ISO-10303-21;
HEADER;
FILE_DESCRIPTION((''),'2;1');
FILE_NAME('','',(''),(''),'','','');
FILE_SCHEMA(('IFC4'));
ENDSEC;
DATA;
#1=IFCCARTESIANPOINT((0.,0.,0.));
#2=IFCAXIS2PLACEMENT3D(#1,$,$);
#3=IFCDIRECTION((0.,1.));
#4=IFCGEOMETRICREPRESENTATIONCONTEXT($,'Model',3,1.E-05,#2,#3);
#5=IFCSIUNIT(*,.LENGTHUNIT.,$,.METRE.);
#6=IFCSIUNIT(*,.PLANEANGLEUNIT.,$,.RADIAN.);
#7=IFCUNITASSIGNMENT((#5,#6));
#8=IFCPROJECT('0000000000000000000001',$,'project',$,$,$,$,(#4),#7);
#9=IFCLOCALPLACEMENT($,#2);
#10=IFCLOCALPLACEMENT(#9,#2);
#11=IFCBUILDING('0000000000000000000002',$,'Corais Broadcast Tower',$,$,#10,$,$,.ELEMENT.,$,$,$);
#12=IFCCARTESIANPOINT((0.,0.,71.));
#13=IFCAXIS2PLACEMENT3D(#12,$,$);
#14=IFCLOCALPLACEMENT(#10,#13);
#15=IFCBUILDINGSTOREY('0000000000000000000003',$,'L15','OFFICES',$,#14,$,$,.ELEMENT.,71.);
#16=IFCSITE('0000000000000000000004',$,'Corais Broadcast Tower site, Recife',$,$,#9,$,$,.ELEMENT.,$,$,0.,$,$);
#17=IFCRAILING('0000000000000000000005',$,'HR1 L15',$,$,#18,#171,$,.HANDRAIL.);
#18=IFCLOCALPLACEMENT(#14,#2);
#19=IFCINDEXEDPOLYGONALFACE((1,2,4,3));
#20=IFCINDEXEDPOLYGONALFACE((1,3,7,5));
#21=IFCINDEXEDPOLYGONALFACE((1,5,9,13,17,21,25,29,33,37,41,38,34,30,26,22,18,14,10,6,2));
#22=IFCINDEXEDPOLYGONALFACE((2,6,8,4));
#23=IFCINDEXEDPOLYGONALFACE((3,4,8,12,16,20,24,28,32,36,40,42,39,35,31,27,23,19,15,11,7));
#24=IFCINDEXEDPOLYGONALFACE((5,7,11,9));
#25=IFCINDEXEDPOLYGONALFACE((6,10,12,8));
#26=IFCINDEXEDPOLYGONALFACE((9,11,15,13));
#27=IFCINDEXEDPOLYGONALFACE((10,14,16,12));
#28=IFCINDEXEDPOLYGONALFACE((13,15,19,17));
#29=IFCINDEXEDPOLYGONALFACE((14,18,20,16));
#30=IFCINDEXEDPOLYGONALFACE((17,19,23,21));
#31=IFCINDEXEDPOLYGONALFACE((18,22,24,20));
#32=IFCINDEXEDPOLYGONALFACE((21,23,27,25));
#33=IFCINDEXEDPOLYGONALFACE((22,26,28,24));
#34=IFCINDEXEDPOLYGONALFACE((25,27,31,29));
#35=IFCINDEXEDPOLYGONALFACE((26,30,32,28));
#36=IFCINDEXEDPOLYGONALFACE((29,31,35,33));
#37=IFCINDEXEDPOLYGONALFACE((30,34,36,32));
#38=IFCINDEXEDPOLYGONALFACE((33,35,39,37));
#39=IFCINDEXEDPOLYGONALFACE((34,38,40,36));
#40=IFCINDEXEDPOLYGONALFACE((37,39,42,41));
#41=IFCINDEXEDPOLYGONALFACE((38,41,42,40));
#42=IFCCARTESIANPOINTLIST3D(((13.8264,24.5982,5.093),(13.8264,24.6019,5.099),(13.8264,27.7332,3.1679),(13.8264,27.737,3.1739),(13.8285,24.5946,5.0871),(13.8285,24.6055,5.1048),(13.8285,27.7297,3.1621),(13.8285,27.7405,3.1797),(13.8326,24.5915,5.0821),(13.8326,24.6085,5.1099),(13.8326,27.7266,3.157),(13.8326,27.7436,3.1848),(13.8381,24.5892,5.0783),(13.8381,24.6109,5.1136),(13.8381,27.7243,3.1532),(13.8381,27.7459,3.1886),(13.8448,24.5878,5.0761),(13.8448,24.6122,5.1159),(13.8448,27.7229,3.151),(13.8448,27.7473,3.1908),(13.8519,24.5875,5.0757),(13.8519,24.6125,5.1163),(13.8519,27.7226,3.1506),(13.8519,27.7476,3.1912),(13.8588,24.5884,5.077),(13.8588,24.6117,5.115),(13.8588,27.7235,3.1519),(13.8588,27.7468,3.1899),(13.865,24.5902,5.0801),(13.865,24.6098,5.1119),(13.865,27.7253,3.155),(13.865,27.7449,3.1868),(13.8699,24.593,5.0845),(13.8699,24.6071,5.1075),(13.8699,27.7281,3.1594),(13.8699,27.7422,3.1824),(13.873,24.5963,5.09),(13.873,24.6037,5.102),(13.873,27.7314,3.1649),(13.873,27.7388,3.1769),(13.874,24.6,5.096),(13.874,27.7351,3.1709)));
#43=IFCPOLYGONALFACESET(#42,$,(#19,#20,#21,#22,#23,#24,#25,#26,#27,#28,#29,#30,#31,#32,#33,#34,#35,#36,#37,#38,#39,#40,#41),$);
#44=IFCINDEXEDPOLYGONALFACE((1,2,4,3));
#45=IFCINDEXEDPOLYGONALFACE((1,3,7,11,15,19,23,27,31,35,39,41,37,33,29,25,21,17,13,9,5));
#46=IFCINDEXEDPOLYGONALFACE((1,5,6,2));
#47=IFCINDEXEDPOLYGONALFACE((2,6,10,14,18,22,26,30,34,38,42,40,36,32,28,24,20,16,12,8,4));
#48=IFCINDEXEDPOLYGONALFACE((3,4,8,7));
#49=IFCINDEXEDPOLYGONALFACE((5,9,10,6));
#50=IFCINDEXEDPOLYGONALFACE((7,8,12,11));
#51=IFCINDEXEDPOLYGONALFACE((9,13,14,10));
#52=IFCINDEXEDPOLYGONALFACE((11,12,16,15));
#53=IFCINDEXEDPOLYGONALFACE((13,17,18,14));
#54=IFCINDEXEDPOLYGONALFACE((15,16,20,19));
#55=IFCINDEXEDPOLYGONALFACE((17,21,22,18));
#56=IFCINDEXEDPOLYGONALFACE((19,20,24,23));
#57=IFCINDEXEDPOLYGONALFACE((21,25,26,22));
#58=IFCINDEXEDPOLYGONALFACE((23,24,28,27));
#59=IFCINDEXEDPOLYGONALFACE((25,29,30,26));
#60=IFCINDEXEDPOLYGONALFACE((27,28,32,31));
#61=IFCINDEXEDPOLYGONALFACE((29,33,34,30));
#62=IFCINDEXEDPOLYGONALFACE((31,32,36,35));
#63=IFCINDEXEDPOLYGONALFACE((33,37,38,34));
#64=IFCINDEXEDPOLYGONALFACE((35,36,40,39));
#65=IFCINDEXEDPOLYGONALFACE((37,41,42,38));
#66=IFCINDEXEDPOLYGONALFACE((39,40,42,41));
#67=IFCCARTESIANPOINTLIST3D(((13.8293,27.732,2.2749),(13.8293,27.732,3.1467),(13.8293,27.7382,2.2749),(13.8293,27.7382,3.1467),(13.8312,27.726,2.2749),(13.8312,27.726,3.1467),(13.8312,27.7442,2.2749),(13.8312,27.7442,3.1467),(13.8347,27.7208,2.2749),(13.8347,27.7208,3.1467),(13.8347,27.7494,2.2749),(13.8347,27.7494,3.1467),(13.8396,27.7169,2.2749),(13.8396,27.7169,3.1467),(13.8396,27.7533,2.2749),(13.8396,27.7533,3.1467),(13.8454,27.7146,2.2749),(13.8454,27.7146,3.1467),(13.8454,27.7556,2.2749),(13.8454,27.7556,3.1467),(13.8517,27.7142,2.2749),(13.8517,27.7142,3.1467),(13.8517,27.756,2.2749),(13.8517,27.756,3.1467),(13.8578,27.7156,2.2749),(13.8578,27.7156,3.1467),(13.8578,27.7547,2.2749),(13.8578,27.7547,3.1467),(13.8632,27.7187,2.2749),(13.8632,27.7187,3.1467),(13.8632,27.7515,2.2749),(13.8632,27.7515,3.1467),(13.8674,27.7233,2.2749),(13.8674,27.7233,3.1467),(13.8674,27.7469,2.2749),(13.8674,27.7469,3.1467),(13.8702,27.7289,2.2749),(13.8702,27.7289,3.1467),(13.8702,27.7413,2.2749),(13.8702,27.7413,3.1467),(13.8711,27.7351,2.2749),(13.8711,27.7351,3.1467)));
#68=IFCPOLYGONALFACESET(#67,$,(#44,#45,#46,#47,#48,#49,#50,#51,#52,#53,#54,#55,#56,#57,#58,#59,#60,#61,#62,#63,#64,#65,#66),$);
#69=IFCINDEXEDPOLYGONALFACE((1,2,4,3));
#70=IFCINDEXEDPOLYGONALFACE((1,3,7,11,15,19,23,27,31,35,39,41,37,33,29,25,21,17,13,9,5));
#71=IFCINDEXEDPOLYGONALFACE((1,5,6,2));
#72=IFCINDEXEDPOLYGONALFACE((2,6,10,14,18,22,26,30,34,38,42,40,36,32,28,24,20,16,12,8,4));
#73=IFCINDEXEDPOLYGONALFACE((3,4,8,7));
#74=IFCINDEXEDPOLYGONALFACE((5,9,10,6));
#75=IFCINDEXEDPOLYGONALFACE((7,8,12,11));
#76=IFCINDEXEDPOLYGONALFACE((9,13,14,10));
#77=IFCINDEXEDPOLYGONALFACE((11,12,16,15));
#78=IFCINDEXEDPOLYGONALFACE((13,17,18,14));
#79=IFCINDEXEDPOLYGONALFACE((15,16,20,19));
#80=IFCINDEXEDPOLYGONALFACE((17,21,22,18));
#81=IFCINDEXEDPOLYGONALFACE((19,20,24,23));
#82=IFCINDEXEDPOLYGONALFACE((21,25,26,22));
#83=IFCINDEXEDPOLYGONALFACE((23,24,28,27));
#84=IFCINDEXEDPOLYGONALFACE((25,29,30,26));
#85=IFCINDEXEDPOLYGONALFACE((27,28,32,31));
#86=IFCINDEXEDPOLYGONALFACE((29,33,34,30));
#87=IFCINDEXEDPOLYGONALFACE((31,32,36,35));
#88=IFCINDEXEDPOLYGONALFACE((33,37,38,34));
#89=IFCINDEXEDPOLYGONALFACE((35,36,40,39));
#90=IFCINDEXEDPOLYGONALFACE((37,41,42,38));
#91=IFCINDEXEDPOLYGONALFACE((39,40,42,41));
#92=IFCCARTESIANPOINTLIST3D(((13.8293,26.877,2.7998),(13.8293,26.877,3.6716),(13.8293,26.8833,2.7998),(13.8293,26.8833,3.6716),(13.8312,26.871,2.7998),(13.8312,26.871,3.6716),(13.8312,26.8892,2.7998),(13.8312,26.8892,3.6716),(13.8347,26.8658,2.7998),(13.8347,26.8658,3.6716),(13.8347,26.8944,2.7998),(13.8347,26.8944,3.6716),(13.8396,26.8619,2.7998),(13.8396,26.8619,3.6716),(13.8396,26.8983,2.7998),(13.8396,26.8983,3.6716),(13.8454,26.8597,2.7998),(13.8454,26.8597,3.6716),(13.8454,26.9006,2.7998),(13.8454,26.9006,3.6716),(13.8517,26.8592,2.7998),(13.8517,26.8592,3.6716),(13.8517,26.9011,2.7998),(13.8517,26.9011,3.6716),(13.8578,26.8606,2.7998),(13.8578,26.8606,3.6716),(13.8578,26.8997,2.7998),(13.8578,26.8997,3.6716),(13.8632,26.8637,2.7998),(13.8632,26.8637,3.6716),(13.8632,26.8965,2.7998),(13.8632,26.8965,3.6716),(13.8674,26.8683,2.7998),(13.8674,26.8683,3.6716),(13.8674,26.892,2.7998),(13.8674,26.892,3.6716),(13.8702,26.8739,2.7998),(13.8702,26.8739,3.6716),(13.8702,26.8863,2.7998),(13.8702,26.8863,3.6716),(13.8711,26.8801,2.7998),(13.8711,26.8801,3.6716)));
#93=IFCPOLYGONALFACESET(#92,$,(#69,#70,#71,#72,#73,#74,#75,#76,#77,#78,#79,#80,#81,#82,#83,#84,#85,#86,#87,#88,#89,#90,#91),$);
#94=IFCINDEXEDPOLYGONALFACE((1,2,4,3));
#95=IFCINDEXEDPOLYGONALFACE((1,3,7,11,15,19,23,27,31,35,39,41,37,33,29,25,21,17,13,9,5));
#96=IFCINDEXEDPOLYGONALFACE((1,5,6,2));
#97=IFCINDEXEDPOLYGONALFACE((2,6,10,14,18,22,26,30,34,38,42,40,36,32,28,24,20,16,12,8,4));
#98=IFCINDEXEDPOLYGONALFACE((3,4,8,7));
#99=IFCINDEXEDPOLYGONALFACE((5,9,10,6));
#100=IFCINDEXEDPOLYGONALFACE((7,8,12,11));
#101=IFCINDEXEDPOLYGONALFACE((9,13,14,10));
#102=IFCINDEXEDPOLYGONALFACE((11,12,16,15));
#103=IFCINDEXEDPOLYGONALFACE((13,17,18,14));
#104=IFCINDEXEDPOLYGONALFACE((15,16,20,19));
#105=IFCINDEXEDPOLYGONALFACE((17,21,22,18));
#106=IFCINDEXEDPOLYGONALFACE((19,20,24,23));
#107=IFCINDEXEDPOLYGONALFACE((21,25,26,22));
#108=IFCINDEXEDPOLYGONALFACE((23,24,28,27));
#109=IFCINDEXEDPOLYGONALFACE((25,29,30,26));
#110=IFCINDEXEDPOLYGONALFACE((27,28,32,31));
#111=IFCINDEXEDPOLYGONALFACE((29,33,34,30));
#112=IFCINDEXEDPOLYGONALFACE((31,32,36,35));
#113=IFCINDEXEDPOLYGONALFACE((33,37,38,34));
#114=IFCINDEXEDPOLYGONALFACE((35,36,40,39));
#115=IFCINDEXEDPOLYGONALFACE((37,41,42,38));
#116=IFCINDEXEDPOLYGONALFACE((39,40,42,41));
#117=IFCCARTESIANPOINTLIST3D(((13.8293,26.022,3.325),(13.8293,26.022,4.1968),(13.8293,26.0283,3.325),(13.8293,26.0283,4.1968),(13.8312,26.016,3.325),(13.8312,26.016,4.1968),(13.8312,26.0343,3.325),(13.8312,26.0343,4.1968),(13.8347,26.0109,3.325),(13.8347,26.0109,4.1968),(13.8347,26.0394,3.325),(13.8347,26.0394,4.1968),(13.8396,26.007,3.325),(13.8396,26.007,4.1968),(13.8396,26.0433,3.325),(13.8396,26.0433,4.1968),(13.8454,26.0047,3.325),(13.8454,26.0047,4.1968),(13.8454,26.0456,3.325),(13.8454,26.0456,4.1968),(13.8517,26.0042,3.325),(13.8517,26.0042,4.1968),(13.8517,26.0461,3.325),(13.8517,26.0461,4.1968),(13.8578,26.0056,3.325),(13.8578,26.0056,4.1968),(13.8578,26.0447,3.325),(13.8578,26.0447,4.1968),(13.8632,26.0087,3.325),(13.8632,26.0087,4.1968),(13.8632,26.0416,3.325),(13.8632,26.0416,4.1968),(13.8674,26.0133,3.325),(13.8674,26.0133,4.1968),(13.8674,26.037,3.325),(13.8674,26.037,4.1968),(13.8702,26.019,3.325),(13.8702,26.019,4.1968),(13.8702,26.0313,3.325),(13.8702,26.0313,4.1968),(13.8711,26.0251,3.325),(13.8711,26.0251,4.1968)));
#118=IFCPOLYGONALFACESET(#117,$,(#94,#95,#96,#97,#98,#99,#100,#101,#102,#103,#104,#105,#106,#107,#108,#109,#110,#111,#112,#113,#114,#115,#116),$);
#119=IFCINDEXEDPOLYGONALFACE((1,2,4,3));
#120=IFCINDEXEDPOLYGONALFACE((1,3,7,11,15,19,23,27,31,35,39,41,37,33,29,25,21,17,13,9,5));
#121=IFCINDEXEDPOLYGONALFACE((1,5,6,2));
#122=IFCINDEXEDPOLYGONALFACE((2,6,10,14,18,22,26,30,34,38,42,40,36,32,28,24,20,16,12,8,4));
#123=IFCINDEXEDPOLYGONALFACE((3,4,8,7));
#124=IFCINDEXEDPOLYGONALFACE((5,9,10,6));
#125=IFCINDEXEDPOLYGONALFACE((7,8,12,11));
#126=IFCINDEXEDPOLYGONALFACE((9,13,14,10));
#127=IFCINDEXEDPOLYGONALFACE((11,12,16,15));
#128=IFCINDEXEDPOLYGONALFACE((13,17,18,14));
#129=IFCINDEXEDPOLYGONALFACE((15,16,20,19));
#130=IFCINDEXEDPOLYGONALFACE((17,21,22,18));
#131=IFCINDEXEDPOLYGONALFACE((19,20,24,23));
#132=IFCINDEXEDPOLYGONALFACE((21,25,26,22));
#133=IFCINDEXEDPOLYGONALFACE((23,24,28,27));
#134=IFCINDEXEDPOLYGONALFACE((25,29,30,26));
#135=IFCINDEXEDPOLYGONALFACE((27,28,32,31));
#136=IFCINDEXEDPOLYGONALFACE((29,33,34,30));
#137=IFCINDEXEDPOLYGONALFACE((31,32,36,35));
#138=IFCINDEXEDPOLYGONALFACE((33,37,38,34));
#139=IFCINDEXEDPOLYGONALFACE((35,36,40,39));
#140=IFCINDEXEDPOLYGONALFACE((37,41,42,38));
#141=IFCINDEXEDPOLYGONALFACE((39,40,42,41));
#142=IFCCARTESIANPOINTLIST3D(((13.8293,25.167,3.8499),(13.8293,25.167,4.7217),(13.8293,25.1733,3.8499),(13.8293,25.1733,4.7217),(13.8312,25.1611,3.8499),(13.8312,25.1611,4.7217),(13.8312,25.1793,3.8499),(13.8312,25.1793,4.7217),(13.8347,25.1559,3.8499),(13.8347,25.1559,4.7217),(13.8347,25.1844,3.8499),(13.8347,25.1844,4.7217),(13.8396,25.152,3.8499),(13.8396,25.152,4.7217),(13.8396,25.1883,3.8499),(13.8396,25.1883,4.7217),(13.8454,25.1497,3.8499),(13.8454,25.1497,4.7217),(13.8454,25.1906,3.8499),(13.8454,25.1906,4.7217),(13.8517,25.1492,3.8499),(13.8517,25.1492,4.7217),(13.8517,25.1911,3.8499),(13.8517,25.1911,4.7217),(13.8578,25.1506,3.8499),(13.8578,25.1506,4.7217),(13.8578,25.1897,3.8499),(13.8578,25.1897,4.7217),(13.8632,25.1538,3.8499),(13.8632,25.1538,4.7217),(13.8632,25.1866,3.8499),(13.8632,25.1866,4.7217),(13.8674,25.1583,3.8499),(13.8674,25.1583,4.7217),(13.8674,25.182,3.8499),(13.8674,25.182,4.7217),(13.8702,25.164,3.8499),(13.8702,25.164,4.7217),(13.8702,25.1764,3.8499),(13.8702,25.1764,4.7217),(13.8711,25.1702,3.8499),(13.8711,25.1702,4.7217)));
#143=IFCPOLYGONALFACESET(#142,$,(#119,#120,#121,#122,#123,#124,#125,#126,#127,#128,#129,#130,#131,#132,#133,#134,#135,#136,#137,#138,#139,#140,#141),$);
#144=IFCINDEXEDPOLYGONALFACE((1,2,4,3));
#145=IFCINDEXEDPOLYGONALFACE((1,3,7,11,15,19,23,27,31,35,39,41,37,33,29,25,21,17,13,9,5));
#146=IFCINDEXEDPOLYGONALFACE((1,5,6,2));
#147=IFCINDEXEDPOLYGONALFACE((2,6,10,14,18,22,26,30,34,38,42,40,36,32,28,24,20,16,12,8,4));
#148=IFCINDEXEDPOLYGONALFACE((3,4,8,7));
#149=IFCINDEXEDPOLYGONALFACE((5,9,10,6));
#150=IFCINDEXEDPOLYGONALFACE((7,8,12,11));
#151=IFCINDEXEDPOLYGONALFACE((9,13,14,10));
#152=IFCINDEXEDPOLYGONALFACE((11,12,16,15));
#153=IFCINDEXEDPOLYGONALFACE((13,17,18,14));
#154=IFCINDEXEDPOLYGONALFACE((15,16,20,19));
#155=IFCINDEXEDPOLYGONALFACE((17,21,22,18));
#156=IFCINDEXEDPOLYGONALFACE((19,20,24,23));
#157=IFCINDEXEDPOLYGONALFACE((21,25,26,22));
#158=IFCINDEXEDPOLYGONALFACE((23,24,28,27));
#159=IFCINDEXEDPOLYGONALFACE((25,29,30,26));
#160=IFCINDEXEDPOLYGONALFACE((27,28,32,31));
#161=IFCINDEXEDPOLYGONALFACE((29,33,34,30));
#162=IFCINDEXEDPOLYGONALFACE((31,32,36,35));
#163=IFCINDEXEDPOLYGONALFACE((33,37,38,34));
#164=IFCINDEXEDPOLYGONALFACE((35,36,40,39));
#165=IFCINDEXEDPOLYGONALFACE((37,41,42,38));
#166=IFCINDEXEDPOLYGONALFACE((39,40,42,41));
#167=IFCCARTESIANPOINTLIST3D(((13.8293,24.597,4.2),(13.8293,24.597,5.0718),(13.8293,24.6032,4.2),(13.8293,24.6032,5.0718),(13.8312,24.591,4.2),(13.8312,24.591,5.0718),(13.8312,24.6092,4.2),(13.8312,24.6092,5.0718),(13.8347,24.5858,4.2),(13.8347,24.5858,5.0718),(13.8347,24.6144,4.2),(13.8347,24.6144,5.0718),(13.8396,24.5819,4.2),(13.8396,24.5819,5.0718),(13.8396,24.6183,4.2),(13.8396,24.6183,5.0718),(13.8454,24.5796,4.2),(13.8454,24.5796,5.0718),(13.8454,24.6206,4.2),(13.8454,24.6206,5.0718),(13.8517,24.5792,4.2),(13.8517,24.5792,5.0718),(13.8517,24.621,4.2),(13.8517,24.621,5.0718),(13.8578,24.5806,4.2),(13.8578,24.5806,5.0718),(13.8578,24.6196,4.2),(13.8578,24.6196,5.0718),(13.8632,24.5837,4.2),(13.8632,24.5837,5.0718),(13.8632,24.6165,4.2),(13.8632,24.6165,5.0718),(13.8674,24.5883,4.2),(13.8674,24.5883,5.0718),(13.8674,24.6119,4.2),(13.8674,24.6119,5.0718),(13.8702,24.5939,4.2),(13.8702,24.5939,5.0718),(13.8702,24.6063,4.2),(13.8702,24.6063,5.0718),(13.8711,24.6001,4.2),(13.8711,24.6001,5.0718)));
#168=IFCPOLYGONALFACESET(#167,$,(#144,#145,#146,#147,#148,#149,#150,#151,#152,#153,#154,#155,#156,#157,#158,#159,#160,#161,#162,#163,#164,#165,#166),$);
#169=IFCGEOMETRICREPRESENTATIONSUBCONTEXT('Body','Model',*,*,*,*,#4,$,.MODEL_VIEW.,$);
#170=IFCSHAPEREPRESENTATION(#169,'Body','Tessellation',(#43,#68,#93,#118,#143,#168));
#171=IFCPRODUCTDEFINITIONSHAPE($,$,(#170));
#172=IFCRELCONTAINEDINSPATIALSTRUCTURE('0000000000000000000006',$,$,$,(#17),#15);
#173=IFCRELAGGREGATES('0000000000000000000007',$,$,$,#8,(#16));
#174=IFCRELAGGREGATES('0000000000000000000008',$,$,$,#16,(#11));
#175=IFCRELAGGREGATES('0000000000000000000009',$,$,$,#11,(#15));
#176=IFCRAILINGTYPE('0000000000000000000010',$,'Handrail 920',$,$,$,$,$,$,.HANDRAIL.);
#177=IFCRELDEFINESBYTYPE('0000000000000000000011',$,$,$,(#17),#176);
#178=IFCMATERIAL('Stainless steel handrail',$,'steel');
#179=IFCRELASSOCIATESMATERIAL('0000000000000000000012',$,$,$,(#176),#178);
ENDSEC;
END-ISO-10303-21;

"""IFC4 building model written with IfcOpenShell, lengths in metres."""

from ifc_helpers import new_model, si_unit, direction, frame, origin, origin_2d, place, context, subcontext, project, spatial, circle, extrude, material, type_object, element, save


model = new_model("IFC4")

# Units and contexts
model_context = context("Model", 3, precision=1e-05, world=origin(), true_north=direction((0.0, 1.0)))
body_context = subcontext(model_context, "Body", "Model", "MODEL_VIEW")
ifc_project = project(units=[si_unit("LENGTHUNIT", "METRE"), si_unit("PLANEANGLEUNIT", "RADIAN")], contexts=[model_context])

# Site, building, storey
site_placement = place(None, origin())
site = spatial("IfcSite", under=ifc_project, at=site_placement, Name="Corais Broadcast Tower site, Recife", CompositionType="ELEMENT", RefElevation=0.0)
building_placement = place(site_placement, origin())
building = spatial("IfcBuilding", under=site, at=building_placement, Name="Corais Broadcast Tower", CompositionType="ELEMENT")
storey_placement = place(building_placement, frame((0.0, 0.0, 71.0)))
storey = spatial("IfcBuildingStorey", under=building, at=storey_placement, Name="L15", Description="OFFICES", CompositionType="ELEMENT", Elevation=71.0)

# Railing
ifc_material_1 = material(Name="Stainless steel handrail", Category="steel")
railing_type = type_object("IfcRailingType", Name="Handrail 920", PredefinedType="HANDRAIL", material=ifc_material_1)
for number, where, name in (
    (1, (13.8501, 27.7351, 2.2749), "HR1 L15"),
):
    element("IfcRailing", number, at=place(storey_placement, frame(where)), inside=storey, type_object=railing_type, Name=name, PredefinedType="HANDRAIL", context=body_context, shape_type="SweptSolid", body=[
        extrude(circle(Radius=0.0239, at=origin_2d()), frame((0.0, 0.0, 0.896), z_axis=(0.0, -0.852166, 0.523271), x_axis=(1.0, 0.0, 0.0)), (0.0, 0.0, 1.0), 3.679),
        extrude(circle(Radius=0.021, at=origin_2d()), origin(), (0.0, 0.0, 1.0), 0.8718),
        extrude(circle(Radius=0.021, at=origin_2d()), frame((0.0, -0.855, 0.5249)), (0.0, 0.0, 1.0), 0.8718),
        extrude(circle(Radius=0.021, at=origin_2d()), frame((0.0, -1.71, 1.05)), (0.0, 0.0, 1.0), 0.8718),
        extrude(circle(Radius=0.021, at=origin_2d()), frame((0.0, -2.5649, 1.575)), (0.0, 0.0, 1.0), 0.8718),
        extrude(circle(Radius=0.021, at=origin_2d()), frame((0.0, -3.135, 1.925)), (0.0, 0.0, 1.0), 0.8718),
    ])

save(model, "model.ifc")
